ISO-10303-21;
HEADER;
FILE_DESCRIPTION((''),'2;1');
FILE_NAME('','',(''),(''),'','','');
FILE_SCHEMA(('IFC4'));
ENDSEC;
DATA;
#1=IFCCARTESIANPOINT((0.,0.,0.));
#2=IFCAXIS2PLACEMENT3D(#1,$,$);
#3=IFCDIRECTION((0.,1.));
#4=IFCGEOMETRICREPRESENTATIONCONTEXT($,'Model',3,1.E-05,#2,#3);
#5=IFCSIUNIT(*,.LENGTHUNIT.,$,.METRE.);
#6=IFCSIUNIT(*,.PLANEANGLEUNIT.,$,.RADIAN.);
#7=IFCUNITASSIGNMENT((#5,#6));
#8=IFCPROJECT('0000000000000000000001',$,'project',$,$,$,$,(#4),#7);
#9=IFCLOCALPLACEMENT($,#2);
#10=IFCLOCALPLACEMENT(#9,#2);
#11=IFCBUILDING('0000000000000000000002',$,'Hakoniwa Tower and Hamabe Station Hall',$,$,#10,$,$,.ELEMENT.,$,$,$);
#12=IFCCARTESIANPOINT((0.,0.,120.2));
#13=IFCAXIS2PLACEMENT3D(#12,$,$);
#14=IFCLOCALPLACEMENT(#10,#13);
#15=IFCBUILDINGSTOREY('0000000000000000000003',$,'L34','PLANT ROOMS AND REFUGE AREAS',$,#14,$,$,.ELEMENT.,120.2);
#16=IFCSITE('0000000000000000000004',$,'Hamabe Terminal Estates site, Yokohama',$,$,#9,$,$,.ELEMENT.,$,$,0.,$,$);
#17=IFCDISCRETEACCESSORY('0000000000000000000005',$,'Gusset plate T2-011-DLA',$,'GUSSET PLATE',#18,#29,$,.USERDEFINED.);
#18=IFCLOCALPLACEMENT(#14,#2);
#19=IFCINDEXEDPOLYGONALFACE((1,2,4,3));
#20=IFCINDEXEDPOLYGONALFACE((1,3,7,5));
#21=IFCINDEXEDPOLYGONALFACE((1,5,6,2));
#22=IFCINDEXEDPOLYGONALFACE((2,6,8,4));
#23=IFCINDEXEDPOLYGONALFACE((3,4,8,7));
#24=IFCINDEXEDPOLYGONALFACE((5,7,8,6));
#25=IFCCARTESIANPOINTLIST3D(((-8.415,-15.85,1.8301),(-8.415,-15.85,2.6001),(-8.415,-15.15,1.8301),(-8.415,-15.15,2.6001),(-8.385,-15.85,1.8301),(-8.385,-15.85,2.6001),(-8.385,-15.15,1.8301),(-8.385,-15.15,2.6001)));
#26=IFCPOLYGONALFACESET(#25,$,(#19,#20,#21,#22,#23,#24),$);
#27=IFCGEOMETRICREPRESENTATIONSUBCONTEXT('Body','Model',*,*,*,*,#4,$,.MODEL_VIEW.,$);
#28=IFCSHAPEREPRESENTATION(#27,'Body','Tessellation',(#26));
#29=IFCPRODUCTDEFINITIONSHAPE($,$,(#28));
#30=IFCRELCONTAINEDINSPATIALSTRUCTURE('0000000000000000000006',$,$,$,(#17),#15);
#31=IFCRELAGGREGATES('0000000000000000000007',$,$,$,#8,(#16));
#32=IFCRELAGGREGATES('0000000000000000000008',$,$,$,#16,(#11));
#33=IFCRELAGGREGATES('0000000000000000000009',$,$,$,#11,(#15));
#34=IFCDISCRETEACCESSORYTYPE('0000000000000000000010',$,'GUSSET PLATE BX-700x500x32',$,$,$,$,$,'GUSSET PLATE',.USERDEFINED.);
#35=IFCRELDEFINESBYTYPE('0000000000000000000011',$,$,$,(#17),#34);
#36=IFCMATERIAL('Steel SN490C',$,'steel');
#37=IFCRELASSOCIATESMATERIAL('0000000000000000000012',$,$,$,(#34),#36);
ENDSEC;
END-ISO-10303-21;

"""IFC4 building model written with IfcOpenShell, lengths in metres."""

from ifc_helpers import new_model, si_unit, direction, frame, origin, origin_2d, place, context, subcontext, project, spatial, rectangle, extrude, material, material_profile, profile_set, type_object, element, save


model = new_model("IFC4")

# Units and contexts
model_context = context("Model", 3, precision=1e-05, world=origin(), true_north=direction((0.0, 1.0)))
body_context = subcontext(model_context, "Body", "Model", "MODEL_VIEW")
ifc_project = project(units=[si_unit("LENGTHUNIT", "METRE"), si_unit("PLANEANGLEUNIT", "RADIAN")], contexts=[model_context])

# Site, building, storey
site_placement = place(None, origin())
site = spatial("IfcSite", under=ifc_project, at=site_placement, Name="Hamabe Terminal Estates site, Yokohama", CompositionType="ELEMENT", RefElevation=0.0)
building_placement = place(site_placement, origin())
building = spatial("IfcBuilding", under=site, at=building_placement, Name="Hakoniwa Tower and Hamabe Station Hall", CompositionType="ELEMENT")
storey_placement = place(building_placement, frame((0.0, 0.0, 120.2)))
storey = spatial("IfcBuildingStorey", under=building, at=storey_placement, Name="L34", Description="PLANT ROOMS AND REFUGE AREAS", CompositionType="ELEMENT", Elevation=120.2)

# Discrete accessory
ifc_material_1 = material(Name="Steel SN490C", Category="steel")
ifc_material_profile_1 = material_profile(ifc_material_1, rectangle(XDim=0.7, YDim=0.77, at=origin_2d()), Name="GUSSET PLATE BX-700x500x32")
ifc_profile_set_1 = profile_set([ifc_material_profile_1], Name="Steel SN490C")
discrete_accessory_type = type_object("IfcDiscreteAccessoryType", Name="GUSSET PLATE BX-700x500x32", ElementType="GUSSET PLATE", PredefinedType="USERDEFINED", material=ifc_profile_set_1)
for number, where, z_axis, x_axis, name in (
    (1, (-8.385, -15.5, 2.2151), (-1.0, 0.0, 0.0), (0.0, -1.0, 0.0), "Gusset plate T2-011-DLA"),
):
    element("IfcDiscreteAccessory", number, at=place(storey_placement, frame(where, z_axis=z_axis, x_axis=x_axis)), inside=storey, type_object=discrete_accessory_type, Name=name, ObjectType="GUSSET PLATE", PredefinedType="USERDEFINED", context=body_context, shape_type="SweptSolid", body=[
        extrude(rectangle(XDim=0.7, YDim=0.77, at=origin_2d()), origin(), (0.0, 0.0, 1.0), 0.03),
    ])

save(model, "model.ifc")
